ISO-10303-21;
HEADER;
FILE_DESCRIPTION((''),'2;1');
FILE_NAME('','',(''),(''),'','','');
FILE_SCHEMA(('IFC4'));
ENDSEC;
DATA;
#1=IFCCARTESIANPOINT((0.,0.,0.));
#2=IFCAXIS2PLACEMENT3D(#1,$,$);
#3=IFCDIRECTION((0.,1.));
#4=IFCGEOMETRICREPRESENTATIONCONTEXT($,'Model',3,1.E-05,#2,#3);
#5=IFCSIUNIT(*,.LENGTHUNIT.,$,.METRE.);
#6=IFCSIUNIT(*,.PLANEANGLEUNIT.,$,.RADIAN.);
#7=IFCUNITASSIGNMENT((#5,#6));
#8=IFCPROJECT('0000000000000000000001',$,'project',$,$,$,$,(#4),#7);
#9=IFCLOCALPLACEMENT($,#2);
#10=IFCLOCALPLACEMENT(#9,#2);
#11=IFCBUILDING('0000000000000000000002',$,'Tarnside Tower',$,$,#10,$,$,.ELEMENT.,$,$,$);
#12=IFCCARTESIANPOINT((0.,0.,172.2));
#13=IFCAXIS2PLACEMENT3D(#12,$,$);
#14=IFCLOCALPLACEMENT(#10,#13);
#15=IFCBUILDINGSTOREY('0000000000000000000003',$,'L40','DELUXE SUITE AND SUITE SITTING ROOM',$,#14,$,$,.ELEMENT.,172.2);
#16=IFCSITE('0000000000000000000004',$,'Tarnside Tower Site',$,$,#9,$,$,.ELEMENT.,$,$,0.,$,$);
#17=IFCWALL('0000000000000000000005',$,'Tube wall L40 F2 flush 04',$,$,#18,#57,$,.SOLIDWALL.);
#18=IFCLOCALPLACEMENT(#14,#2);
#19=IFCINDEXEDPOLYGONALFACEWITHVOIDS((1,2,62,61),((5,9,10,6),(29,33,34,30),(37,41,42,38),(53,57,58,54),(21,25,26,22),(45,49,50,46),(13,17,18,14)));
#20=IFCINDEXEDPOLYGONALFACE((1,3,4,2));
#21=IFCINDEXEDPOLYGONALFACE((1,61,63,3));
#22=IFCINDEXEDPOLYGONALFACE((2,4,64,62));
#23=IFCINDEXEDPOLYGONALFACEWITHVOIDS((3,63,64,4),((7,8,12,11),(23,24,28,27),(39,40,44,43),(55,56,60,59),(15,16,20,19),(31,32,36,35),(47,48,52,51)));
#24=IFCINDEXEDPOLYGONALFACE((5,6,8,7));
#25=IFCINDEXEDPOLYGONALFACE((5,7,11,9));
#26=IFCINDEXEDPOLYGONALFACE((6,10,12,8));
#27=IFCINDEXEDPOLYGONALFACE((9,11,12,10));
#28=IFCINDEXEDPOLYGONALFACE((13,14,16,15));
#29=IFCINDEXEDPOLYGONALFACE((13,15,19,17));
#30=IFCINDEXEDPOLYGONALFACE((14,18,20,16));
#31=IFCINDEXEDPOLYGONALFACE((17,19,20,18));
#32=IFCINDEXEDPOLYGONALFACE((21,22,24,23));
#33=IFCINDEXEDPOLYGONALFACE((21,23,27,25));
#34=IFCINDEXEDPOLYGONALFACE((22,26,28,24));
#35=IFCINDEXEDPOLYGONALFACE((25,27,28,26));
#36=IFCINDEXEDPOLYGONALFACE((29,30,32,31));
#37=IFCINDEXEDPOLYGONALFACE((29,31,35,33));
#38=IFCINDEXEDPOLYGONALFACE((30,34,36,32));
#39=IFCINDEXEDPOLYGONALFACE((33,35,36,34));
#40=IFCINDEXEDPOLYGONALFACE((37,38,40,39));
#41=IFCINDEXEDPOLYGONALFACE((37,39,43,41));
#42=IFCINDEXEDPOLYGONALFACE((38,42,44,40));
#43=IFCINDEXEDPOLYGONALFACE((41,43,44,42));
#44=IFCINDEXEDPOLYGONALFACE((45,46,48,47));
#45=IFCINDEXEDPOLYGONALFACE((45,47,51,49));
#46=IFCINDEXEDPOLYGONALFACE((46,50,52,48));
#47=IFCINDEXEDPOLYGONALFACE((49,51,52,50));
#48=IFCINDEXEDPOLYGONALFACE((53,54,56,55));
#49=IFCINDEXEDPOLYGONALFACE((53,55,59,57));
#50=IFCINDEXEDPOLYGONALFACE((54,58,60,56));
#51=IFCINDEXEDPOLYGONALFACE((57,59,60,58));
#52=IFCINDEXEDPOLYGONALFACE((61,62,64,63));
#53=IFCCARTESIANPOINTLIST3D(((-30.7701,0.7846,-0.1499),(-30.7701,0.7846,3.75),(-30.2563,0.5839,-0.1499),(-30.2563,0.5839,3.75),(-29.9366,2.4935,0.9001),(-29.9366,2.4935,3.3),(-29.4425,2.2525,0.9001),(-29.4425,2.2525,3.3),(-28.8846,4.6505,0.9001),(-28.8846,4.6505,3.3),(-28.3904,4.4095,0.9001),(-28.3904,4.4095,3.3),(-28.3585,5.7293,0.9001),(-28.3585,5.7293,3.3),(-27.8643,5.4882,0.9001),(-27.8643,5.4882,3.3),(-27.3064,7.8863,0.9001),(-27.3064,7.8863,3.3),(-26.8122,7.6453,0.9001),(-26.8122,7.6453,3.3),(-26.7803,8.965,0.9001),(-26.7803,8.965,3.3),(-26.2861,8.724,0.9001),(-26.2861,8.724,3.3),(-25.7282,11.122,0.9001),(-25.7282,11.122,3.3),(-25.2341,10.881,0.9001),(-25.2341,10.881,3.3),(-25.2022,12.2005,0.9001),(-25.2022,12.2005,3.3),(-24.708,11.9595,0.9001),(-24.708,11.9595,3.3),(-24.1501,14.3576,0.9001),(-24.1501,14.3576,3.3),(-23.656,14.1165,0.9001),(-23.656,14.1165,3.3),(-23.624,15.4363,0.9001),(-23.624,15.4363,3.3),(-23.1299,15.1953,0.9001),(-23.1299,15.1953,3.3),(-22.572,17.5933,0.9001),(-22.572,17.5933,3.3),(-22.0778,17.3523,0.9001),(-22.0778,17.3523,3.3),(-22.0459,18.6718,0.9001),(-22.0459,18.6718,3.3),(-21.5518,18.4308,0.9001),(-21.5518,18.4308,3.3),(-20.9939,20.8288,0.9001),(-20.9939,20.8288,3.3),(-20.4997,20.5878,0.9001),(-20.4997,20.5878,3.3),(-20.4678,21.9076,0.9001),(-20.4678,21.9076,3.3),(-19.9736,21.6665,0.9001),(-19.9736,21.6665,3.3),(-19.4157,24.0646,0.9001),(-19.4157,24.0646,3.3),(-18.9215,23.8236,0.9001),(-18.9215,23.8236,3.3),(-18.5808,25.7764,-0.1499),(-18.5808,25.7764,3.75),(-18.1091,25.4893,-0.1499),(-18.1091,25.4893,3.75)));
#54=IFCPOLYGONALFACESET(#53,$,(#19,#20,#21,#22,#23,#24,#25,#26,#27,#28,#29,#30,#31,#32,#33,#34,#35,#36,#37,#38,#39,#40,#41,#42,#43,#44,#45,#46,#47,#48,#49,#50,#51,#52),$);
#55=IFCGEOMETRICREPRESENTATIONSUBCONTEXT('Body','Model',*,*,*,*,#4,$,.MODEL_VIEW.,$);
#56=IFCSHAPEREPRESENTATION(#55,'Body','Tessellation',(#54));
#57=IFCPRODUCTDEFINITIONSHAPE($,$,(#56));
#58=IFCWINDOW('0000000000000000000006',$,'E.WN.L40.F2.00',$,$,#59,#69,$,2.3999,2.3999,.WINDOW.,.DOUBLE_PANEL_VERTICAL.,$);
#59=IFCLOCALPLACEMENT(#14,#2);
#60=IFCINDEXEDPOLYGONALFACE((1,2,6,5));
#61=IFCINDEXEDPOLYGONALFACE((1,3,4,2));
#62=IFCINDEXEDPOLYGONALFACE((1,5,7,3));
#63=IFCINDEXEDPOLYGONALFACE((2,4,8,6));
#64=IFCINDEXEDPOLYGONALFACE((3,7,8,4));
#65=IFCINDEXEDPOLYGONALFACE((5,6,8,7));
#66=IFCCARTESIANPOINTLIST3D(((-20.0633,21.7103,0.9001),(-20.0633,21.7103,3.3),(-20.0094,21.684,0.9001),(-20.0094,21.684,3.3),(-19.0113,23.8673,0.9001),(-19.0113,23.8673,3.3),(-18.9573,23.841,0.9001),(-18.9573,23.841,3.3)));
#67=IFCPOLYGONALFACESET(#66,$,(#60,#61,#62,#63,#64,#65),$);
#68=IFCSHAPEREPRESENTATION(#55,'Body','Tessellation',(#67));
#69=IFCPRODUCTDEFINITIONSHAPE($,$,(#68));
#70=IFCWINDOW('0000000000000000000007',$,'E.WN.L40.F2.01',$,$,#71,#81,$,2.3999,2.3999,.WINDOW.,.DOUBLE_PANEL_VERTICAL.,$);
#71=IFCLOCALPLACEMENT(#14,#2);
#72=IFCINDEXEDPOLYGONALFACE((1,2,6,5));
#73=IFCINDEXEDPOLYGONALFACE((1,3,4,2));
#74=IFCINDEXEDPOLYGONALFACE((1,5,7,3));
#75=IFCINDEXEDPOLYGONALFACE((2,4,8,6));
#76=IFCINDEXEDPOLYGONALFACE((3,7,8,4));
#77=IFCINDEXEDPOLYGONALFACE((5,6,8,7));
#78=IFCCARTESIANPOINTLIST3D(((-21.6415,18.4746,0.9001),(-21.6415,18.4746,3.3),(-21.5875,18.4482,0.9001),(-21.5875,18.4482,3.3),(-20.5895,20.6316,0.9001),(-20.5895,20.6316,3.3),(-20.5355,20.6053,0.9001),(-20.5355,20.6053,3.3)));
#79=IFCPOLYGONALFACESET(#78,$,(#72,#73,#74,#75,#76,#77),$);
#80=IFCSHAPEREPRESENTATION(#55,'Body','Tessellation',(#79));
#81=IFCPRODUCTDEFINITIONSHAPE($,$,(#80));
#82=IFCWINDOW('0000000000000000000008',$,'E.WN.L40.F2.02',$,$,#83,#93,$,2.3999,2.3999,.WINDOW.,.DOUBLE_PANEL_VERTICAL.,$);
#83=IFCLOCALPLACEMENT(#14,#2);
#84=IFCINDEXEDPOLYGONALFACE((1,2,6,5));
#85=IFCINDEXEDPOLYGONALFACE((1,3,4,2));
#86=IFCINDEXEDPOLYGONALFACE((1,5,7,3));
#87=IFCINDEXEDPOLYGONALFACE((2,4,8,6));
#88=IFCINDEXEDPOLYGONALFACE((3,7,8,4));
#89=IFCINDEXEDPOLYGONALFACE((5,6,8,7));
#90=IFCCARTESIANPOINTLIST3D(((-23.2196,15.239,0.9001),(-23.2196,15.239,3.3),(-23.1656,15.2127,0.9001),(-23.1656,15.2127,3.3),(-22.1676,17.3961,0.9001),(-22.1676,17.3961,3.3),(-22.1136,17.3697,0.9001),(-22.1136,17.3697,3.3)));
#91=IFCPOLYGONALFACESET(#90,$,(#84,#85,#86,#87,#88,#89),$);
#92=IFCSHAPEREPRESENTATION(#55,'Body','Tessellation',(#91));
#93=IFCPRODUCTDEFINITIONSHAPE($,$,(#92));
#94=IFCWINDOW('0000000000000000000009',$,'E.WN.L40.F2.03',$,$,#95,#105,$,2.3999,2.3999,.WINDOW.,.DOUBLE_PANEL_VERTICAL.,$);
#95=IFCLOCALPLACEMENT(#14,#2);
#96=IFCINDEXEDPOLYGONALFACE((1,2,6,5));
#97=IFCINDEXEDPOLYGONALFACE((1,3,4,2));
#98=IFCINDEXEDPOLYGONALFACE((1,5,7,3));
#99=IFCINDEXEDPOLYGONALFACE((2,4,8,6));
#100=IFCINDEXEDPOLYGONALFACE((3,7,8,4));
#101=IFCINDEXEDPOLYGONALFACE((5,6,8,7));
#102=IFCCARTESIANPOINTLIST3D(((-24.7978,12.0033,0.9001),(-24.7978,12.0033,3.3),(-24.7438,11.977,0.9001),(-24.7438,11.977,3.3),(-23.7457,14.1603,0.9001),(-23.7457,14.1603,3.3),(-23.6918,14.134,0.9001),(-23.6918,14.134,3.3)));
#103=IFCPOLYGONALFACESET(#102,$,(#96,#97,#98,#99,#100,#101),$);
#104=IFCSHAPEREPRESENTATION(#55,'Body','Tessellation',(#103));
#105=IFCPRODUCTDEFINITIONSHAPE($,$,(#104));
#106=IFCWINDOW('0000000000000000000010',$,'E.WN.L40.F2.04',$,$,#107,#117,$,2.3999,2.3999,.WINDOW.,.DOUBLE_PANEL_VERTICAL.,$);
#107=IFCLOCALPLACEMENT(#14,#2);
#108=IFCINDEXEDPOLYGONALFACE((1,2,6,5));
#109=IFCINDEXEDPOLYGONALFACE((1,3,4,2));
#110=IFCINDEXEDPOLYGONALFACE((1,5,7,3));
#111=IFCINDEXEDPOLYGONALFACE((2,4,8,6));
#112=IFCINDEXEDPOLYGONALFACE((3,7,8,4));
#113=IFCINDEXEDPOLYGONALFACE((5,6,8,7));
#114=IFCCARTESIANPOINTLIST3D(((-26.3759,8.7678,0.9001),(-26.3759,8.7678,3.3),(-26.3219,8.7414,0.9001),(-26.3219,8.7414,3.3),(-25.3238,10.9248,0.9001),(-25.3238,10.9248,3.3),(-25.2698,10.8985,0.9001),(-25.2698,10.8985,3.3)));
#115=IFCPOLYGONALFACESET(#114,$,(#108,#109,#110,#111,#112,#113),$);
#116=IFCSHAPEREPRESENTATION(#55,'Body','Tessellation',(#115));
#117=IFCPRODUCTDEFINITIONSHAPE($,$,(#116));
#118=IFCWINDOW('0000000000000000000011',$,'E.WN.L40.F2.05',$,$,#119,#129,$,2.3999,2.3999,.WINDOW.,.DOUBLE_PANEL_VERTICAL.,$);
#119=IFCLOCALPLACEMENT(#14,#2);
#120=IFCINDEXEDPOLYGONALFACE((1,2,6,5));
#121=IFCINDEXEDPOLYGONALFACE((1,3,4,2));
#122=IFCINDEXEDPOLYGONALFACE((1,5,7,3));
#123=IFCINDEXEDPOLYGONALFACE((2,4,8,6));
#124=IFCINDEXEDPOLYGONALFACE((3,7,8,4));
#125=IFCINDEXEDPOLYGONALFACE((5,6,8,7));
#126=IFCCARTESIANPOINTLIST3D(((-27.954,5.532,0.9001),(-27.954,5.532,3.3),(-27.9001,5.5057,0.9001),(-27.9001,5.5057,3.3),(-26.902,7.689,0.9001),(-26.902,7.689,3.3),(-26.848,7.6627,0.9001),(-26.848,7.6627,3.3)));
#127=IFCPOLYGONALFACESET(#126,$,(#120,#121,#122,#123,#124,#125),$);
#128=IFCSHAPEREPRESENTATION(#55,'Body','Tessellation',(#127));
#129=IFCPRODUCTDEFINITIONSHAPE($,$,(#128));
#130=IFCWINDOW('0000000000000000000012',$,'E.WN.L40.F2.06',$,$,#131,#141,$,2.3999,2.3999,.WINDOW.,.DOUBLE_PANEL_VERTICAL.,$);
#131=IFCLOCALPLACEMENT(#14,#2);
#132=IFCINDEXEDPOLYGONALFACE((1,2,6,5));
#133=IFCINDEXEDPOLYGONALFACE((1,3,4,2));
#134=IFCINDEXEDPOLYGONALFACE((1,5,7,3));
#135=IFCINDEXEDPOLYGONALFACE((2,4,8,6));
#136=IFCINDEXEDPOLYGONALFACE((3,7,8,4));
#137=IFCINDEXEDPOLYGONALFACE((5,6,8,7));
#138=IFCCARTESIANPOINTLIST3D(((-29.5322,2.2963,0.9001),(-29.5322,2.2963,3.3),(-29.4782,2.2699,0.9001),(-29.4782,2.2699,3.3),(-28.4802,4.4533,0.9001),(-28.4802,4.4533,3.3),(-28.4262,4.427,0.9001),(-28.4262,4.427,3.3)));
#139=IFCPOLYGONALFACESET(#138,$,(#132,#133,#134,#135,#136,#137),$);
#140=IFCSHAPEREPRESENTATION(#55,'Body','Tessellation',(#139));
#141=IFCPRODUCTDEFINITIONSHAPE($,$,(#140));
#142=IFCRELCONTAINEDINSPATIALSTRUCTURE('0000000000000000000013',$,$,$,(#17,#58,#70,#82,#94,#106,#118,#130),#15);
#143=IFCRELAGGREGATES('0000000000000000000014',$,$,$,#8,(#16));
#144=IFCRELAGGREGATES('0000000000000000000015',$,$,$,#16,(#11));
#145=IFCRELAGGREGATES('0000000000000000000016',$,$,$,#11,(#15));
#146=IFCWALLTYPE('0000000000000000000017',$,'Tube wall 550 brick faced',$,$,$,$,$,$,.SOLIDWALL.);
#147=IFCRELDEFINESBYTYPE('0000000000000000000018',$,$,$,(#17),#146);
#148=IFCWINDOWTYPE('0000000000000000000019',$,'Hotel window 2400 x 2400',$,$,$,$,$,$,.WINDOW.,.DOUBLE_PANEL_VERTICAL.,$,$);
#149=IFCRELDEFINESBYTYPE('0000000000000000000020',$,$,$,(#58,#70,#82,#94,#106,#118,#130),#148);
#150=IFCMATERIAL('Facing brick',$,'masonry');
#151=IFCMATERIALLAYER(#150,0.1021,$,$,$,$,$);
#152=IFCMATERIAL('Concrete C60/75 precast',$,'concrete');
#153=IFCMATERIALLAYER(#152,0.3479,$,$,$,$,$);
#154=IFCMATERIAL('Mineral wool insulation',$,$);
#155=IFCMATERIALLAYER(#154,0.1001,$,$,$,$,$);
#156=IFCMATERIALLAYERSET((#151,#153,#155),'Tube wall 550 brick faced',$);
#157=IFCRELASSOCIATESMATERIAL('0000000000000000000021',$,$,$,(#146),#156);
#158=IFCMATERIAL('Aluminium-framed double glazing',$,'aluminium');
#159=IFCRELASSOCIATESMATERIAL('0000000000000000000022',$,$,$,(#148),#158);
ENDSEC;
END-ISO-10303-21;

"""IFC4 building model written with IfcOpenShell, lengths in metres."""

from ifc_helpers import new_model, si_unit, direction, frame, frame_2d, origin, place, context, subcontext, project, spatial, polyline, rectangle, outline, extrude, material, layer, layer_set, type_object, element, fill, save


model = new_model("IFC4")

# Units and contexts
model_context = context("Model", 3, precision=1e-05, world=origin(), true_north=direction((0.0, 1.0)))
body_context = subcontext(model_context, "Body", "Model", "MODEL_VIEW")
ifc_project = project(units=[si_unit("LENGTHUNIT", "METRE"), si_unit("PLANEANGLEUNIT", "RADIAN")], contexts=[model_context])

# Site, building, storey
site_placement = place(None, origin())
site = spatial("IfcSite", under=ifc_project, at=site_placement, Name="Tarnside Tower Site", CompositionType="ELEMENT", RefElevation=0.0)
building_placement = place(site_placement, origin())
building = spatial("IfcBuilding", under=site, at=building_placement, Name="Tarnside Tower", CompositionType="ELEMENT")
storey_placement = place(building_placement, frame((0.0, 0.0, 172.2)))
storey = spatial("IfcBuildingStorey", under=building, at=storey_placement, Name="L40", Description="DELUXE SUITE AND SUITE SITTING ROOM", CompositionType="ELEMENT", Elevation=172.2)

# Shared definitions
ifc_material_1 = material(Name="Facing brick", Category="masonry")
ifc_layer_1 = layer(ifc_material_1, 0.1021)
ifc_material_2 = material(Name="Concrete C60/75 precast", Category="concrete")
ifc_layer_2 = layer(ifc_material_2, 0.3479)
ifc_material_3 = material(Name="Mineral wool insulation")
ifc_layer_3 = layer(ifc_material_3, 0.1001)
ifc_layer_set_1 = layer_set([ifc_layer_1, ifc_layer_2, ifc_layer_3], Name="Tube wall 550 brick faced")
wall_type_1 = type_object("IfcWallType", Name="Tube wall 550 brick faced", PredefinedType="SOLIDWALL", material=ifc_layer_set_1)

# Wall, openings, windows
wall_1_placement = place(storey_placement, frame((-18.345, 25.6328, -0.1499), z_axis=(0.0, 0.0, 1.0), x_axis=(-0.438372, -0.898794, 0.0)))
wall_1 = element("IfcWall", 1, at=wall_1_placement, inside=storey, type_object=wall_type_1, Name="Tube wall L40 F2 flush 04", PredefinedType="SOLIDWALL", context=body_context, shape_type="SweptSolid", body=[
    extrude(outline(polyline([(-0.0256, -0.2749), (27.7803, -0.2749), (27.7354, 0.2749), (0.0256, 0.2749), (-0.0256, -0.2749)])), origin(), (0.0, 0.0, 1.0), 3.8999),
])
opening_1_placement = place(wall_1_placement, frame((1.8789, 0.0, 1.05)))
opening_1 = element("IfcOpeningElement", 2, at=opening_1_placement, cuts=wall_1, PredefinedType="OPENING", context=body_context, shape_type="SweptSolid", body=[
    extrude(rectangle(XDim=2.3999, YDim=2.3999, at=frame_2d((1.2, 1.2))), frame((0.0, 0.2852, 0.0), z_axis=(0.0, -1.0, 0.0), x_axis=(1.0, 0.0, 0.0)), (0.0, 0.0, 1.0), 0.5701),
])
opening_2_placement = place(wall_1_placement, frame((5.479, 0.0, 1.05)))
opening_2 = element("IfcOpeningElement", 3, at=opening_2_placement, cuts=wall_1, PredefinedType="OPENING", context=body_context, shape_type="SweptSolid", body=[
    extrude(rectangle(XDim=2.3999, YDim=2.3999, at=frame_2d((1.2, 1.2))), frame((0.0, 0.2852, 0.0), z_axis=(0.0, -1.0, 0.0), x_axis=(1.0, 0.0, 0.0)), (0.0, 0.0, 1.0), 0.5701),
])
opening_3_placement = place(wall_1_placement, frame((9.0789, 0.0, 1.05)))
opening_3 = element("IfcOpeningElement", 4, at=opening_3_placement, cuts=wall_1, PredefinedType="OPENING", context=body_context, shape_type="SweptSolid", body=[
    extrude(rectangle(XDim=2.3999, YDim=2.3999, at=frame_2d((1.2, 1.2))), frame((0.0, 0.2852, 0.0), z_axis=(0.0, -1.0, 0.0), x_axis=(1.0, 0.0, 0.0)), (0.0, 0.0, 1.0), 0.5701),
])
opening_4_placement = place(wall_1_placement, frame((12.679, 0.0, 1.05)))
opening_4 = element("IfcOpeningElement", 5, at=opening_4_placement, cuts=wall_1, PredefinedType="OPENING", context=body_context, shape_type="SweptSolid", body=[
    extrude(rectangle(XDim=2.3999, YDim=2.3999, at=frame_2d((1.2, 1.2))), frame((0.0, 0.2852, 0.0), z_axis=(0.0, -1.0, 0.0), x_axis=(1.0, 0.0, 0.0)), (0.0, 0.0, 1.0), 0.5701),
])
opening_5_placement = place(wall_1_placement, frame((16.2788, 0.0, 1.05)))
opening_5 = element("IfcOpeningElement", 6, at=opening_5_placement, cuts=wall_1, PredefinedType="OPENING", context=body_context, shape_type="SweptSolid", body=[
    extrude(rectangle(XDim=2.3999, YDim=2.3999, at=frame_2d((1.2, 1.2))), frame((0.0, 0.2852, 0.0), z_axis=(0.0, -1.0, 0.0), x_axis=(1.0, 0.0, 0.0)), (0.0, 0.0, 1.0), 0.5701),
])
opening_6_placement = place(wall_1_placement, frame((19.8789, 0.0, 1.05)))
opening_6 = element("IfcOpeningElement", 7, at=opening_6_placement, cuts=wall_1, PredefinedType="OPENING", context=body_context, shape_type="SweptSolid", body=[
    extrude(rectangle(XDim=2.3999, YDim=2.3999, at=frame_2d((1.2, 1.2))), frame((0.0, 0.2852, 0.0), z_axis=(0.0, -1.0, 0.0), x_axis=(1.0, 0.0, 0.0)), (0.0, 0.0, 1.0), 0.5701),
])
opening_7_placement = place(wall_1_placement, frame((23.479, 0.0, 1.05)))
opening_7 = element("IfcOpeningElement", 8, at=opening_7_placement, cuts=wall_1, PredefinedType="OPENING", context=body_context, shape_type="SweptSolid", body=[
    extrude(rectangle(XDim=2.3999, YDim=2.3999, at=frame_2d((1.2, 1.2))), frame((0.0, 0.2852, 0.0), z_axis=(0.0, -1.0, 0.0), x_axis=(1.0, 0.0, 0.0)), (0.0, 0.0, 1.0), 0.5701),
])
ifc_material_4 = material(Name="Aluminium-framed double glazing", Category="aluminium")
window_type = type_object("IfcWindowType", Name="Hotel window 2400 x 2400", PartitioningType="DOUBLE_PANEL_VERTICAL", PredefinedType="WINDOW", material=ifc_material_4)
window_1_placement = place(opening_1_placement, frame((0.0, 0.2051, 0.0)))
window_1 = element("IfcWindow", 9, at=window_1_placement, inside=storey, type_object=window_type, Name="E.WN.L40.F2.00", OverallHeight=2.3999, OverallWidth=2.3999, PartitioningType="DOUBLE_PANEL_VERTICAL", PredefinedType="WINDOW", context=body_context, shape_type="SweptSolid", body=[
    extrude(rectangle(XDim=2.3999, YDim=2.3999, at=frame_2d((1.2, 1.2))), frame((0.0, 0.03, 0.0), z_axis=(0.0, -1.0, 0.0), x_axis=(1.0, 0.0, 0.0)), (0.0, 0.0, 1.0), 0.0601),
])
fill(opening_1, window_1)
window_2_placement = place(opening_2_placement, frame((0.0, 0.2051, 0.0)))
window_2 = element("IfcWindow", 10, at=window_2_placement, inside=storey, type_object=window_type, Name="E.WN.L40.F2.01", OverallHeight=2.3999, OverallWidth=2.3999, PartitioningType="DOUBLE_PANEL_VERTICAL", PredefinedType="WINDOW", context=body_context, shape_type="SweptSolid", body=[
    extrude(rectangle(XDim=2.3999, YDim=2.3999, at=frame_2d((1.2, 1.2))), frame((0.0, 0.03, 0.0), z_axis=(0.0, -1.0, 0.0), x_axis=(1.0, 0.0, 0.0)), (0.0, 0.0, 1.0), 0.0601),
])
fill(opening_2, window_2)
window_3_placement = place(opening_3_placement, frame((0.0, 0.2051, 0.0)))
window_3 = element("IfcWindow", 11, at=window_3_placement, inside=storey, type_object=window_type, Name="E.WN.L40.F2.02", OverallHeight=2.3999, OverallWidth=2.3999, PartitioningType="DOUBLE_PANEL_VERTICAL", PredefinedType="WINDOW", context=body_context, shape_type="SweptSolid", body=[
    extrude(rectangle(XDim=2.3999, YDim=2.3999, at=frame_2d((1.2, 1.2))), frame((0.0, 0.03, 0.0), z_axis=(0.0, -1.0, 0.0), x_axis=(1.0, 0.0, 0.0)), (0.0, 0.0, 1.0), 0.0601),
])
fill(opening_3, window_3)
window_4_placement = place(opening_4_placement, frame((0.0, 0.2051, 0.0)))
window_4 = element("IfcWindow", 12, at=window_4_placement, inside=storey, type_object=window_type, Name="E.WN.L40.F2.03", OverallHeight=2.3999, OverallWidth=2.3999, PartitioningType="DOUBLE_PANEL_VERTICAL", PredefinedType="WINDOW", context=body_context, shape_type="SweptSolid", body=[
    extrude(rectangle(XDim=2.3999, YDim=2.3999, at=frame_2d((1.2, 1.2))), frame((0.0, 0.03, 0.0), z_axis=(0.0, -1.0, 0.0), x_axis=(1.0, 0.0, 0.0)), (0.0, 0.0, 1.0), 0.0601),
])
fill(opening_4, window_4)
window_5_placement = place(opening_5_placement, frame((0.0, 0.2051, 0.0)))
window_5 = element("IfcWindow", 13, at=window_5_placement, inside=storey, type_object=window_type, Name="E.WN.L40.F2.04", OverallHeight=2.3999, OverallWidth=2.3999, PartitioningType="DOUBLE_PANEL_VERTICAL", PredefinedType="WINDOW", context=body_context, shape_type="SweptSolid", body=[
    extrude(rectangle(XDim=2.3999, YDim=2.3999, at=frame_2d((1.2, 1.2))), frame((0.0, 0.03, 0.0), z_axis=(0.0, -1.0, 0.0), x_axis=(1.0, 0.0, 0.0)), (0.0, 0.0, 1.0), 0.0601),
])
fill(opening_5, window_5)
window_6_placement = place(opening_6_placement, frame((0.0, 0.2051, 0.0)))
window_6 = element("IfcWindow", 14, at=window_6_placement, inside=storey, type_object=window_type, Name="E.WN.L40.F2.05", OverallHeight=2.3999, OverallWidth=2.3999, PartitioningType="DOUBLE_PANEL_VERTICAL", PredefinedType="WINDOW", context=body_context, shape_type="SweptSolid", body=[
    extrude(rectangle(XDim=2.3999, YDim=2.3999, at=frame_2d((1.2, 1.2))), frame((0.0, 0.03, 0.0), z_axis=(0.0, -1.0, 0.0), x_axis=(1.0, 0.0, 0.0)), (0.0, 0.0, 1.0), 0.0601),
])
fill(opening_6, window_6)
window_7_placement = place(opening_7_placement, frame((0.0, 0.2051, 0.0)))
window_7 = element("IfcWindow", 15, at=window_7_placement, inside=storey, type_object=window_type, Name="E.WN.L40.F2.06", OverallHeight=2.3999, OverallWidth=2.3999, PartitioningType="DOUBLE_PANEL_VERTICAL", PredefinedType="WINDOW", context=body_context, shape_type="SweptSolid", body=[
    extrude(rectangle(XDim=2.3999, YDim=2.3999, at=frame_2d((1.2, 1.2))), frame((0.0, 0.03, 0.0), z_axis=(0.0, -1.0, 0.0), x_axis=(1.0, 0.0, 0.0)), (0.0, 0.0, 1.0), 0.0601),
])
fill(opening_7, window_7)

save(model, "model.ifc")
